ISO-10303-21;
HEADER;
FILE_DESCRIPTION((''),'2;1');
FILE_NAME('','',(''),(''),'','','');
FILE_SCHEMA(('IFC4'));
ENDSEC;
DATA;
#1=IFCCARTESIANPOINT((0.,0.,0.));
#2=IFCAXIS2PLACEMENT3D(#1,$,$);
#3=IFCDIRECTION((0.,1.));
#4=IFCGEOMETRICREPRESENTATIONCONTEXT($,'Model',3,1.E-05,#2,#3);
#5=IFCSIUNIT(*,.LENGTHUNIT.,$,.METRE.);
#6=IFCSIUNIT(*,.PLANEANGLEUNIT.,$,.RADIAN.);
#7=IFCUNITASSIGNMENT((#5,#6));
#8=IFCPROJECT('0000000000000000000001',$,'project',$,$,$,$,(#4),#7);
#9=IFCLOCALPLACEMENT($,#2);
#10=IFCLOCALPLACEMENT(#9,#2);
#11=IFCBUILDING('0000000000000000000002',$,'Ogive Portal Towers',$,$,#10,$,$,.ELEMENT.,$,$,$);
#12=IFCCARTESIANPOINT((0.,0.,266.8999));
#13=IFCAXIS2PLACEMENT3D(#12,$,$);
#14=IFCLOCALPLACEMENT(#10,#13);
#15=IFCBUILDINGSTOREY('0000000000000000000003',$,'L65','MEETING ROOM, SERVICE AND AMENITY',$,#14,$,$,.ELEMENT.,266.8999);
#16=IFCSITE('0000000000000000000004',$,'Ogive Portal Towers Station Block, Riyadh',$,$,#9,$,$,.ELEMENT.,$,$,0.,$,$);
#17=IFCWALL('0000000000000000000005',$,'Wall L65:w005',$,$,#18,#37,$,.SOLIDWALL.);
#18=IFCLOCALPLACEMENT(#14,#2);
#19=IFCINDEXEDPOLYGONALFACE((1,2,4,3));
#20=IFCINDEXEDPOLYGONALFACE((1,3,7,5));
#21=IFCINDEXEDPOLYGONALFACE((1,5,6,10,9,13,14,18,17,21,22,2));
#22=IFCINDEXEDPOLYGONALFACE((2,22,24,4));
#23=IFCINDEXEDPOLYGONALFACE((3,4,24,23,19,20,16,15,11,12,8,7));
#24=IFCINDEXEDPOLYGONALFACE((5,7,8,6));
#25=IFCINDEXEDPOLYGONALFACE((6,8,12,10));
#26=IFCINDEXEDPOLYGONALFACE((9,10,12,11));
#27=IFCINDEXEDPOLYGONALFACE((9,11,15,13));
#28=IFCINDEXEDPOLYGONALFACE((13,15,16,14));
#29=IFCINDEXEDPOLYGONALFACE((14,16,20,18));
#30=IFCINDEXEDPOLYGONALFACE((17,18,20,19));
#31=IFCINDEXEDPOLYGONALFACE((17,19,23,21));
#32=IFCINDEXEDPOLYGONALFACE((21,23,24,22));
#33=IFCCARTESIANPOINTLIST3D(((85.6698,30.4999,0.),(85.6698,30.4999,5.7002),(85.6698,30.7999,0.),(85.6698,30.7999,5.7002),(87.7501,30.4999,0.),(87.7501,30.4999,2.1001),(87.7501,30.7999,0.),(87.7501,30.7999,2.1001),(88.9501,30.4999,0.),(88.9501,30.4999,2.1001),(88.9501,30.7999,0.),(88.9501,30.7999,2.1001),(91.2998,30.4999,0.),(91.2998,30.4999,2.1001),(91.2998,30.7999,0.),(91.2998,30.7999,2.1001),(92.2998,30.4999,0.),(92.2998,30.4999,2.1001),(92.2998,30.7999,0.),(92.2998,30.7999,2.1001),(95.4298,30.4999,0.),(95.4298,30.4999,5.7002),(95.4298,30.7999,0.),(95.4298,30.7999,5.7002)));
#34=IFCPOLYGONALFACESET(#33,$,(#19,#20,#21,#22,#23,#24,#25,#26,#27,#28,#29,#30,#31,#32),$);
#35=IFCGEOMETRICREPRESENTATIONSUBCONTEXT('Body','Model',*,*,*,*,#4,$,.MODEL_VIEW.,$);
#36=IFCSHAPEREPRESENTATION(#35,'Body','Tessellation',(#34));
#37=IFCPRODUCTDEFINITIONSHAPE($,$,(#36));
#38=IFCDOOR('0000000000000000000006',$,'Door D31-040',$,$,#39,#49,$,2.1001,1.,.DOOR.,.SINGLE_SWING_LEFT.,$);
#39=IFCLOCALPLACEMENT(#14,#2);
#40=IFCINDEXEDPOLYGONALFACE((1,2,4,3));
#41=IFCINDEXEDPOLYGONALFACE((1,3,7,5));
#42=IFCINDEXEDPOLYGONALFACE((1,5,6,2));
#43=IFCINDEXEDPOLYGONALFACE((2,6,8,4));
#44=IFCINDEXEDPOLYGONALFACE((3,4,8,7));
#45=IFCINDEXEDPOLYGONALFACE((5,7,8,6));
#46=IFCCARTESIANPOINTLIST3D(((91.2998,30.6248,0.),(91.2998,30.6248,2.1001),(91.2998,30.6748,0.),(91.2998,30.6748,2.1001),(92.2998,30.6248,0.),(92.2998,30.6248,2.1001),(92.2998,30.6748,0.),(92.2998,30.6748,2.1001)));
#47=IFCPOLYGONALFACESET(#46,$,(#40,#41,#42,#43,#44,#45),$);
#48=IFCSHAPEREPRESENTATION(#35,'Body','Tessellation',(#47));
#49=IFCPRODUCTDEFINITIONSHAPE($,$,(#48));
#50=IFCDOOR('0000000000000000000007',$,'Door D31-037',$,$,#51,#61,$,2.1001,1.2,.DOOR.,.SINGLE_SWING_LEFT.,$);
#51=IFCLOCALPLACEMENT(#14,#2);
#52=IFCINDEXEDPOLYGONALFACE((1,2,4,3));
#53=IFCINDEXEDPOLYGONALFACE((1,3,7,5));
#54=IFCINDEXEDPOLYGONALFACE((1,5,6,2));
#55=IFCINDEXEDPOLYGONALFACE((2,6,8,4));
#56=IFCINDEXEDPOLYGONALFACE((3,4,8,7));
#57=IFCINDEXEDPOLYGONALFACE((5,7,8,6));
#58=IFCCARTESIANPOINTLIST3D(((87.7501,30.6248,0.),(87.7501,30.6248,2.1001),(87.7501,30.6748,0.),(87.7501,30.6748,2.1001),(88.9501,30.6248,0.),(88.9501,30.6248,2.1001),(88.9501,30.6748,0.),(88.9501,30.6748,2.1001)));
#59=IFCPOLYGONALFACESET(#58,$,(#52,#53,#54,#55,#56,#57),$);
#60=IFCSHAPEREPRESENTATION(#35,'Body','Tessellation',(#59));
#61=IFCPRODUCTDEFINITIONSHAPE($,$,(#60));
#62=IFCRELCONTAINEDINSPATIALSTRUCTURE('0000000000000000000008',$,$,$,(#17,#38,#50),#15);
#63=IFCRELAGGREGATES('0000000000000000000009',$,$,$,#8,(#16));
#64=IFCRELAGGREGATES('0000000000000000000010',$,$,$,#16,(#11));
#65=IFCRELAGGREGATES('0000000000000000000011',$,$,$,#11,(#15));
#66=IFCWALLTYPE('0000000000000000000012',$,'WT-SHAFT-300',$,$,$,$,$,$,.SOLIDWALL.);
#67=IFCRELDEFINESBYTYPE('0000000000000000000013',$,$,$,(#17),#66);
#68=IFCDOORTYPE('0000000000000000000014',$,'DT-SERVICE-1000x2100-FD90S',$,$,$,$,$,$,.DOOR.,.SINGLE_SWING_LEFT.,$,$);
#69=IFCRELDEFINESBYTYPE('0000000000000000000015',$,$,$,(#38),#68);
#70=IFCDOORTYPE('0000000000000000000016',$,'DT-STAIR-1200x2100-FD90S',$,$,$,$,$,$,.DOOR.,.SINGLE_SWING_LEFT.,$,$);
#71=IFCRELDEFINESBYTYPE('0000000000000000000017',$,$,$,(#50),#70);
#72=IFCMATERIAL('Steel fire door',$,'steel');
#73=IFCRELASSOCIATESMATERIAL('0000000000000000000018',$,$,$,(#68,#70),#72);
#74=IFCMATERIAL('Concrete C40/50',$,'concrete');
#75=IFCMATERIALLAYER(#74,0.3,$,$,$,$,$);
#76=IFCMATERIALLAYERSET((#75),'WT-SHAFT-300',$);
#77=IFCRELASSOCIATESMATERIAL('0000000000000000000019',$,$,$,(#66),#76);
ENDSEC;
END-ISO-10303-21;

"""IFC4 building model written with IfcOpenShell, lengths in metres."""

from ifc_helpers import new_model, si_unit, direction, frame, frame_2d, origin, place, context, subcontext, project, spatial, rectangle, extrude, material, layer, layer_set, type_object, element, fill, save


model = new_model("IFC4")

# Units and contexts
model_context = context("Model", 3, precision=1e-05, world=origin(), true_north=direction((0.0, 1.0)))
body_context = subcontext(model_context, "Body", "Model", "MODEL_VIEW")
ifc_project = project(units=[si_unit("LENGTHUNIT", "METRE"), si_unit("PLANEANGLEUNIT", "RADIAN")], contexts=[model_context])

# Site, building, storey
site_placement = place(None, origin())
site = spatial("IfcSite", under=ifc_project, at=site_placement, Name="Ogive Portal Towers Station Block, Riyadh", CompositionType="ELEMENT", RefElevation=0.0)
building_placement = place(site_placement, origin())
building = spatial("IfcBuilding", under=site, at=building_placement, Name="Ogive Portal Towers", CompositionType="ELEMENT")
storey_placement = place(building_placement, frame((0.0, 0.0, 266.8999)))
storey = spatial("IfcBuildingStorey", under=building, at=storey_placement, Name="L65", Description="MEETING ROOM, SERVICE AND AMENITY", CompositionType="ELEMENT", Elevation=266.8999)

# Shared definitions
ifc_material_1 = material(Name="Steel fire door", Category="steel")
door_type_1 = type_object("IfcDoorType", Name="DT-SERVICE-1000x2100-FD90S", OperationType="SINGLE_SWING_LEFT", PredefinedType="DOOR", material=ifc_material_1)

# Wall, openings, doors
ifc_material_2 = material(Name="Concrete C40/50", Category="concrete")
ifc_layer_1 = layer(ifc_material_2, 0.3)
ifc_layer_set_1 = layer_set([ifc_layer_1], Name="WT-SHAFT-300")
wall_type_1 = type_object("IfcWallType", Name="WT-SHAFT-300", PredefinedType="SOLIDWALL", material=ifc_layer_set_1)
wall_1_placement = place(storey_placement, frame((85.6699, 30.6499, 0.0), z_axis=(0.0, 0.0, 1.0), x_axis=(1.0, 0.0, 0.0)))
wall_1 = element("IfcWall", 1, at=wall_1_placement, inside=storey, type_object=wall_type_1, Name="Wall L65:w005", PredefinedType="SOLIDWALL", context=body_context, shape_type="SweptSolid", body=[
    extrude(rectangle(XDim=9.76, YDim=0.3, at=frame_2d((4.8799, 0.0))), origin(), (0.0, 0.0, 1.0), 5.7002),
])
opening_1_placement = place(wall_1_placement, frame((2.0801, 0.0, 0.0)))
opening_1 = element("IfcOpeningElement", 2, at=opening_1_placement, cuts=wall_1, PredefinedType="OPENING", context=body_context, shape_type="SweptSolid", body=[
    extrude(rectangle(XDim=1.2, YDim=2.1001, at=frame_2d((0.6001, 1.05))), frame((0.0, 0.1602, 0.0), z_axis=(0.0, -1.0, 0.0), x_axis=(1.0, 0.0, 0.0)), (0.0, 0.0, 1.0), 0.3201),
])
opening_2_placement = place(wall_1_placement, frame((5.6299, 0.0, 0.0)))
opening_2 = element("IfcOpeningElement", 3, at=opening_2_placement, cuts=wall_1, PredefinedType="OPENING", context=body_context, shape_type="SweptSolid", body=[
    extrude(rectangle(XDim=1.0, YDim=2.1001, at=frame_2d((0.5, 1.05))), frame((0.0, 0.1602, 0.0), z_axis=(0.0, -1.0, 0.0), x_axis=(1.0, 0.0, 0.0)), (0.0, 0.0, 1.0), 0.3201),
])
door_1_placement = place(opening_2_placement, origin())
door_1 = element("IfcDoor", 4, at=door_1_placement, inside=storey, type_object=door_type_1, Name="Door D31-040", OperationType="SINGLE_SWING_LEFT", OverallHeight=2.1001, OverallWidth=1.0, PredefinedType="DOOR", context=body_context, shape_type="SweptSolid", body=[
    extrude(rectangle(XDim=1.0, YDim=2.1001, at=frame_2d((0.5, 1.05))), frame((0.0, 0.0249, 0.0), z_axis=(0.0, -1.0, 0.0), x_axis=(1.0, 0.0, 0.0)), (0.0, 0.0, 1.0), 0.05),
])
fill(opening_2, door_1)
door_type_2 = type_object("IfcDoorType", Name="DT-STAIR-1200x2100-FD90S", OperationType="SINGLE_SWING_LEFT", PredefinedType="DOOR", material=ifc_material_1)
door_2_placement = place(opening_1_placement, origin())
door_2 = element("IfcDoor", 5, at=door_2_placement, inside=storey, type_object=door_type_2, Name="Door D31-037", OperationType="SINGLE_SWING_LEFT", OverallHeight=2.1001, OverallWidth=1.2, PredefinedType="DOOR", context=body_context, shape_type="SweptSolid", body=[
    extrude(rectangle(XDim=1.2, YDim=2.1001, at=frame_2d((0.6001, 1.05))), frame((0.0, 0.0249, 0.0), z_axis=(0.0, -1.0, 0.0), x_axis=(1.0, 0.0, 0.0)), (0.0, 0.0, 1.0), 0.05),
])
fill(opening_1, door_2)

save(model, "model.ifc")
